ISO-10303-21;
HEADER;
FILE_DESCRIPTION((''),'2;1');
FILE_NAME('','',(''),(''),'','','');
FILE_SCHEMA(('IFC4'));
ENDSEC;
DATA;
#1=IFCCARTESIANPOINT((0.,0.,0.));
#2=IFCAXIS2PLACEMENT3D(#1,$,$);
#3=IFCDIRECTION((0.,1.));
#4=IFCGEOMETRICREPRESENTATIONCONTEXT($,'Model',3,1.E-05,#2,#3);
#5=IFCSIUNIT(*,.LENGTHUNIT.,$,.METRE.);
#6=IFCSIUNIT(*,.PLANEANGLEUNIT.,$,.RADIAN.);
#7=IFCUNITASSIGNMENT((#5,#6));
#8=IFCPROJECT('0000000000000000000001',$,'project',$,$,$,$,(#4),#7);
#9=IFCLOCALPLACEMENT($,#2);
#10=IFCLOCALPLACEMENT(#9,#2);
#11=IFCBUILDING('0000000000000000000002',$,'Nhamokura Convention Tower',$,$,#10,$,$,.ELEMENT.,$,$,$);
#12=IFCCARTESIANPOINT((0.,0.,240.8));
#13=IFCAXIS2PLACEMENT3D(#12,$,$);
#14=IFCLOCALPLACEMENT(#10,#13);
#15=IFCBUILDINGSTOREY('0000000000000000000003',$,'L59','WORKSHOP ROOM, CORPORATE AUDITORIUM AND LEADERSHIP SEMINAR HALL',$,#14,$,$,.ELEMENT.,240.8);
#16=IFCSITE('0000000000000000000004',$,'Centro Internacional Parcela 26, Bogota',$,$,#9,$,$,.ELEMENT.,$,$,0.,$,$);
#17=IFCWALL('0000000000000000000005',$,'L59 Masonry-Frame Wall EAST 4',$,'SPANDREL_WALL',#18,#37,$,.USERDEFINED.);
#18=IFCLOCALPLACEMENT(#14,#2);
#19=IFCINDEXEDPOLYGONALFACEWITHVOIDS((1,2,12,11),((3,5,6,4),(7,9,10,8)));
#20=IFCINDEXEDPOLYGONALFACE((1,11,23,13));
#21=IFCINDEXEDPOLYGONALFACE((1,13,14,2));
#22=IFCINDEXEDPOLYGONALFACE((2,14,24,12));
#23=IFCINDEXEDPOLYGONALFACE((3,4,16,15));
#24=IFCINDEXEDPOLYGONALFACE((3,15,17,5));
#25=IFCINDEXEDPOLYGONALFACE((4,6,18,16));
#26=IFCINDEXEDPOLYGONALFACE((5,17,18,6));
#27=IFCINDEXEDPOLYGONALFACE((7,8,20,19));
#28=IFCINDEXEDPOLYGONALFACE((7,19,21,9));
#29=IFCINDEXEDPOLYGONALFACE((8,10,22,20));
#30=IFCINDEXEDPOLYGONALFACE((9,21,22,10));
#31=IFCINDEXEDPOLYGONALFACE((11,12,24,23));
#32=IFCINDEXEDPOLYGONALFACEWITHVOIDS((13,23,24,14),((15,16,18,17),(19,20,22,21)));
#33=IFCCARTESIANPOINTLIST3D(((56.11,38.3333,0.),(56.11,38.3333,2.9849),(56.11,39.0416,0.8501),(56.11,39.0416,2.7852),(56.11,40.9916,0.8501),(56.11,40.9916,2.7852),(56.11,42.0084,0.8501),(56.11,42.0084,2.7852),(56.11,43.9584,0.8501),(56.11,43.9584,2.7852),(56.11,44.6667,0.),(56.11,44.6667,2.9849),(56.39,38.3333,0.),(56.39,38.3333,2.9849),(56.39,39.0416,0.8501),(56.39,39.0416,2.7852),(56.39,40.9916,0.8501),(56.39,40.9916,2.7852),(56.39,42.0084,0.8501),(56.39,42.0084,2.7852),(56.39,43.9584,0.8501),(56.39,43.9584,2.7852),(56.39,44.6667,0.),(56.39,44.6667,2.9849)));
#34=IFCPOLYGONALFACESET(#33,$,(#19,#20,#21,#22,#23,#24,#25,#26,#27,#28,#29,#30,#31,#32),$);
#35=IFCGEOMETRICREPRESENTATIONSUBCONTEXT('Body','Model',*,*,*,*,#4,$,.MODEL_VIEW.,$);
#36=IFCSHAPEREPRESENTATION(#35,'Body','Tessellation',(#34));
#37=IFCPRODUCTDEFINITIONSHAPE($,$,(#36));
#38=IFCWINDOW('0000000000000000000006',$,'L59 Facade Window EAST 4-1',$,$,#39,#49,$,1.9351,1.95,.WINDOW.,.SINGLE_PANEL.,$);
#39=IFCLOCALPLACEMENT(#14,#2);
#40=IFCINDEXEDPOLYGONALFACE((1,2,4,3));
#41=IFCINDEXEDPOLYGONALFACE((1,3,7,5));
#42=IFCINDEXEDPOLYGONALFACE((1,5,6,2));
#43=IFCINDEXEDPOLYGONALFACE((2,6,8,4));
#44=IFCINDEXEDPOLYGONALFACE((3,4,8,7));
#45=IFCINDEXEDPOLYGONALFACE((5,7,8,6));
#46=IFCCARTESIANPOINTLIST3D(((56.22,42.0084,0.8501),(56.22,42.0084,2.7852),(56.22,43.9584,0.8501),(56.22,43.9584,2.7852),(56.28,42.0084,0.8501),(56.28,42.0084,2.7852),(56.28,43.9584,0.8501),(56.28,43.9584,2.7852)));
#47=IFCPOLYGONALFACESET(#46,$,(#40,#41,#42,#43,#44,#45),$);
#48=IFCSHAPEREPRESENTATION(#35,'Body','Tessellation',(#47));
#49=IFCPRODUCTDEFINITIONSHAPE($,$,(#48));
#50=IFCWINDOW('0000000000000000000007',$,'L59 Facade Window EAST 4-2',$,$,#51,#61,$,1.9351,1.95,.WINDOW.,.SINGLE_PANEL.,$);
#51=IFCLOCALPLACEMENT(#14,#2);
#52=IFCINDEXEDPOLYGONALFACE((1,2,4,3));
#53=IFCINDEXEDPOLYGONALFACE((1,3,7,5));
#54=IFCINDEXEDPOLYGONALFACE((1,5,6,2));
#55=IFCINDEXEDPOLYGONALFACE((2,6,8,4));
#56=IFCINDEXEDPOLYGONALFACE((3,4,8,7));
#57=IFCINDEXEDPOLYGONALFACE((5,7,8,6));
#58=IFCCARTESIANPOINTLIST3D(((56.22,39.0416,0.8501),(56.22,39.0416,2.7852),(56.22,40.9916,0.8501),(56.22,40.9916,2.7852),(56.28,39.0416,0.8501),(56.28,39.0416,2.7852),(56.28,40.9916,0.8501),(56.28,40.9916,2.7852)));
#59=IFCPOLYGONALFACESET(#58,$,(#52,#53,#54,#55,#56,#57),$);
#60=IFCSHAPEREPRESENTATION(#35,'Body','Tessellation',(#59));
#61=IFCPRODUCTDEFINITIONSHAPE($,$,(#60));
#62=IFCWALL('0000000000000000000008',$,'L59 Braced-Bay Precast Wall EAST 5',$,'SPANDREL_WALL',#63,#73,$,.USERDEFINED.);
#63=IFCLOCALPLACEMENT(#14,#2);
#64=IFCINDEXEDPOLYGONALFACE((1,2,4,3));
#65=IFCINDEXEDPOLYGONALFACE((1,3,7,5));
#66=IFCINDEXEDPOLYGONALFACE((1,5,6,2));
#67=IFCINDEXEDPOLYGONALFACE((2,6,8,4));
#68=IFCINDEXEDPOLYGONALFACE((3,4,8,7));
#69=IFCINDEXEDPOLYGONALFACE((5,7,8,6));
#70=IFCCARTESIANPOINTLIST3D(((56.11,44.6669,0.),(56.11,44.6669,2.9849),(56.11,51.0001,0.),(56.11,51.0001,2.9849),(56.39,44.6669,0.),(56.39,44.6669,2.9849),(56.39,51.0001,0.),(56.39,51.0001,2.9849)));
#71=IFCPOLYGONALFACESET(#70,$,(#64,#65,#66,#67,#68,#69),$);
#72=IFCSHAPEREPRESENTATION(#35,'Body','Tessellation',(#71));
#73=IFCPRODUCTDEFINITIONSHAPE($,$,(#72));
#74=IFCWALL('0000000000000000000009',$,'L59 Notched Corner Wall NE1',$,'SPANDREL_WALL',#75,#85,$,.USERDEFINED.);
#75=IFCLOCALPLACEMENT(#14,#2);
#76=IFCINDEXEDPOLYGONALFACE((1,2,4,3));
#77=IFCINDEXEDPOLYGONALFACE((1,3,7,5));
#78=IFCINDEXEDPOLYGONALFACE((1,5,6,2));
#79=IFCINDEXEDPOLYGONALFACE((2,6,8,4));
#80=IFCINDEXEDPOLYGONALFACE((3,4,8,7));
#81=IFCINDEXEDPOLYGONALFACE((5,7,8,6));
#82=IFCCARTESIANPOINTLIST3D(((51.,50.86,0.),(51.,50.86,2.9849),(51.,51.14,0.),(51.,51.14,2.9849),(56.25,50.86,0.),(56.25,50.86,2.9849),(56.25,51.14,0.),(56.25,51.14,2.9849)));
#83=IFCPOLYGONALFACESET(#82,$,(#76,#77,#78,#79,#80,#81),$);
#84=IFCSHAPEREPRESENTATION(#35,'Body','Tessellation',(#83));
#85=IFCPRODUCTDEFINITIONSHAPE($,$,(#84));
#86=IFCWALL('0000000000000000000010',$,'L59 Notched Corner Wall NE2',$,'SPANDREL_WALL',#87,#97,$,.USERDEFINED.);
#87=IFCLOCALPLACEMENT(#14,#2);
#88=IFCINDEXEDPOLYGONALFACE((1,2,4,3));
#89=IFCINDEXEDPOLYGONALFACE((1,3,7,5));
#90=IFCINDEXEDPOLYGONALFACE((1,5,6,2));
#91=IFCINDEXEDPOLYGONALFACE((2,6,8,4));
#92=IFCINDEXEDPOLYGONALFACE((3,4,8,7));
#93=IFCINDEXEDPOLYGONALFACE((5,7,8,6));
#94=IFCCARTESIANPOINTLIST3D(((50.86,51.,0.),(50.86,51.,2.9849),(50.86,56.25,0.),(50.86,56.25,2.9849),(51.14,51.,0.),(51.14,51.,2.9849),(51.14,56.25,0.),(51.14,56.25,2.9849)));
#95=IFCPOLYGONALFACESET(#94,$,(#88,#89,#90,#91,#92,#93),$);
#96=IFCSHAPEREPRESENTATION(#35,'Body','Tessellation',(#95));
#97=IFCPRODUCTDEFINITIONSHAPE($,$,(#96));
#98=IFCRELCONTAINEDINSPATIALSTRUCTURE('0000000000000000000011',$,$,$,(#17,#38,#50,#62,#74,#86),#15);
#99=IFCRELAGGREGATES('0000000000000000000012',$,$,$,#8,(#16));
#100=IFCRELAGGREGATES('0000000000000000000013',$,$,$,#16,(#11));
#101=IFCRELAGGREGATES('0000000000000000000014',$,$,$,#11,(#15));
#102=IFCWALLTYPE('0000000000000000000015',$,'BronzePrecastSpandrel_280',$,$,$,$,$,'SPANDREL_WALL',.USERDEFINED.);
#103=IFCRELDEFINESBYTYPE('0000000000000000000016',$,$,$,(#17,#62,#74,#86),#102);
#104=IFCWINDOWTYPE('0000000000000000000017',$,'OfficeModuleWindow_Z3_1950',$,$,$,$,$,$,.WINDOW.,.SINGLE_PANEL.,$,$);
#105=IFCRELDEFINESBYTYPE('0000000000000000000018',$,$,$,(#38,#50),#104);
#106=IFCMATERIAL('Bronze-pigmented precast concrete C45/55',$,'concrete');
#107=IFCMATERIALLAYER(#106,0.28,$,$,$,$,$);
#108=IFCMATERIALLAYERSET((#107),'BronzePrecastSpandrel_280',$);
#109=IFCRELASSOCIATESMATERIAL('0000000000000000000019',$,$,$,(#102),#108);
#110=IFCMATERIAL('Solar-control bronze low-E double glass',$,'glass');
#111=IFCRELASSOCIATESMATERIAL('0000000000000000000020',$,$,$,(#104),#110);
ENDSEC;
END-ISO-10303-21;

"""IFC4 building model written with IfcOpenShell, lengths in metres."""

from ifc_helpers import new_model, si_unit, direction, frame, frame_2d, origin, place, context, subcontext, project, spatial, rectangle, extrude, material, layer, layer_set, type_object, element, fill, save


model = new_model("IFC4")

# Units and contexts
model_context = context("Model", 3, precision=1e-05, world=origin(), true_north=direction((0.0, 1.0)))
body_context = subcontext(model_context, "Body", "Model", "MODEL_VIEW")
ifc_project = project(units=[si_unit("LENGTHUNIT", "METRE"), si_unit("PLANEANGLEUNIT", "RADIAN")], contexts=[model_context])

# Site, building, storey
site_placement = place(None, origin())
site = spatial("IfcSite", under=ifc_project, at=site_placement, Name="Centro Internacional Parcela 26, Bogota", CompositionType="ELEMENT", RefElevation=0.0)
building_placement = place(site_placement, origin())
building = spatial("IfcBuilding", under=site, at=building_placement, Name="Nhamokura Convention Tower", CompositionType="ELEMENT")
storey_placement = place(building_placement, frame((0.0, 0.0, 240.8)))
storey = spatial("IfcBuildingStorey", under=building, at=storey_placement, Name="L59", Description="WORKSHOP ROOM, CORPORATE AUDITORIUM AND LEADERSHIP SEMINAR HALL", CompositionType="ELEMENT", Elevation=240.8)

# Shared definitions
ifc_material_1 = material(Name="Bronze-pigmented precast concrete C45/55", Category="concrete")
ifc_layer = layer(ifc_material_1, 0.28)
ifc_layer_set = layer_set([ifc_layer], Name="BronzePrecastSpandrel_280")
wall_type = type_object("IfcWallType", Name="BronzePrecastSpandrel_280", ElementType="SPANDREL_WALL", PredefinedType="USERDEFINED", material=ifc_layer_set)

# Wall, openings, windows
wall_1_placement = place(storey_placement, frame((56.25, 44.6667, 0.0), z_axis=(0.0, 0.0, 1.0), x_axis=(0.0, -1.0, 0.0)))
wall_1 = element("IfcWall", 1, at=wall_1_placement, inside=storey, type_object=wall_type, Name="L59 Masonry-Frame Wall EAST 4", ObjectType="SPANDREL_WALL", PredefinedType="USERDEFINED", context=body_context, shape_type="SweptSolid", body=[
    extrude(rectangle(XDim=6.3335, YDim=0.28, at=frame_2d((3.1667, 0.0))), origin(), (0.0, 0.0, 1.0), 2.9849),
])
opening_1_placement = place(wall_1_placement, frame((0.7083, 0.0, 0.8501)))
opening_1 = element("IfcOpeningElement", 2, at=opening_1_placement, cuts=wall_1, PredefinedType="OPENING", context=body_context, shape_type="SweptSolid", body=[
    extrude(rectangle(XDim=1.95, YDim=1.9351, at=frame_2d((0.9751, 0.9675))), frame((0.0, 0.1499, 0.0), z_axis=(0.0, -1.0, 0.0), x_axis=(1.0, 0.0, 0.0)), (0.0, 0.0, 1.0), 0.3),
])
opening_2_placement = place(wall_1_placement, frame((3.675, 0.0, 0.8501)))
opening_2 = element("IfcOpeningElement", 3, at=opening_2_placement, cuts=wall_1, PredefinedType="OPENING", context=body_context, shape_type="SweptSolid", body=[
    extrude(rectangle(XDim=1.95, YDim=1.9351, at=frame_2d((0.9751, 0.9675))), frame((0.0, 0.1499, 0.0), z_axis=(0.0, -1.0, 0.0), x_axis=(1.0, 0.0, 0.0)), (0.0, 0.0, 1.0), 0.3),
])
ifc_material_2 = material(Name="Solar-control bronze low-E double glass", Category="glass")
window_type_1 = type_object("IfcWindowType", Name="OfficeModuleWindow_Z3_1950", PartitioningType="SINGLE_PANEL", PredefinedType="WINDOW", material=ifc_material_2)
window_1_placement = place(opening_1_placement, origin())
window_1 = element("IfcWindow", 4, at=window_1_placement, inside=storey, type_object=window_type_1, Name="L59 Facade Window EAST 4-1", OverallHeight=1.9351, OverallWidth=1.95, PartitioningType="SINGLE_PANEL", PredefinedType="WINDOW", context=body_context, shape_type="SweptSolid", body=[
    extrude(rectangle(XDim=1.95, YDim=1.9351, at=frame_2d((0.9751, 0.9675))), frame((0.0, 0.03, 0.0), z_axis=(0.0, -1.0, 0.0), x_axis=(1.0, 0.0, 0.0)), (0.0, 0.0, 1.0), 0.0601),
])
fill(opening_1, window_1)
window_2_placement = place(opening_2_placement, origin())
window_2 = element("IfcWindow", 5, at=window_2_placement, inside=storey, type_object=window_type_1, Name="L59 Facade Window EAST 4-2", OverallHeight=1.9351, OverallWidth=1.95, PartitioningType="SINGLE_PANEL", PredefinedType="WINDOW", context=body_context, shape_type="SweptSolid", body=[
    extrude(rectangle(XDim=1.95, YDim=1.9351, at=frame_2d((0.9751, 0.9675))), frame((0.0, 0.03, 0.0), z_axis=(0.0, -1.0, 0.0), x_axis=(1.0, 0.0, 0.0)), (0.0, 0.0, 1.0), 0.0601),
])
fill(opening_2, window_2)

# Walls
wall_2_placement = place(storey_placement, frame((56.25, 51.0, 0.0), z_axis=(0.0, 0.0, 1.0), x_axis=(0.0, -1.0, 0.0)))
element("IfcWall", 6, at=wall_2_placement, inside=storey, type_object=wall_type, Name="L59 Braced-Bay Precast Wall EAST 5", ObjectType="SPANDREL_WALL", PredefinedType="USERDEFINED", context=body_context, shape_type="SweptSolid", body=[
    extrude(rectangle(XDim=6.3333, YDim=0.28, at=frame_2d((3.1665, 0.0))), origin(), (0.0, 0.0, 1.0), 2.9849),
])
for number, where, z_axis, x_axis, name in (
    (7, (51.0, 51.0, 0.0), (0.0, 0.0, 1.0), (1.0, 0.0, 0.0), "L59 Notched Corner Wall NE1"),
    (8, (51.0, 56.25, 0.0), (0.0, 0.0, 1.0), (0.0, -1.0, 0.0), "L59 Notched Corner Wall NE2"),
):
    element("IfcWall", number, at=place(storey_placement, frame(where, z_axis=z_axis, x_axis=x_axis)), inside=storey, type_object=wall_type, Name=name, ObjectType="SPANDREL_WALL", PredefinedType="USERDEFINED", context=body_context, shape_type="SweptSolid", body=[
        extrude(rectangle(XDim=5.25, YDim=0.28, at=frame_2d((2.625, 0.0))), origin(), (0.0, 0.0, 1.0), 2.9849),
    ])

save(model, "model.ifc")
